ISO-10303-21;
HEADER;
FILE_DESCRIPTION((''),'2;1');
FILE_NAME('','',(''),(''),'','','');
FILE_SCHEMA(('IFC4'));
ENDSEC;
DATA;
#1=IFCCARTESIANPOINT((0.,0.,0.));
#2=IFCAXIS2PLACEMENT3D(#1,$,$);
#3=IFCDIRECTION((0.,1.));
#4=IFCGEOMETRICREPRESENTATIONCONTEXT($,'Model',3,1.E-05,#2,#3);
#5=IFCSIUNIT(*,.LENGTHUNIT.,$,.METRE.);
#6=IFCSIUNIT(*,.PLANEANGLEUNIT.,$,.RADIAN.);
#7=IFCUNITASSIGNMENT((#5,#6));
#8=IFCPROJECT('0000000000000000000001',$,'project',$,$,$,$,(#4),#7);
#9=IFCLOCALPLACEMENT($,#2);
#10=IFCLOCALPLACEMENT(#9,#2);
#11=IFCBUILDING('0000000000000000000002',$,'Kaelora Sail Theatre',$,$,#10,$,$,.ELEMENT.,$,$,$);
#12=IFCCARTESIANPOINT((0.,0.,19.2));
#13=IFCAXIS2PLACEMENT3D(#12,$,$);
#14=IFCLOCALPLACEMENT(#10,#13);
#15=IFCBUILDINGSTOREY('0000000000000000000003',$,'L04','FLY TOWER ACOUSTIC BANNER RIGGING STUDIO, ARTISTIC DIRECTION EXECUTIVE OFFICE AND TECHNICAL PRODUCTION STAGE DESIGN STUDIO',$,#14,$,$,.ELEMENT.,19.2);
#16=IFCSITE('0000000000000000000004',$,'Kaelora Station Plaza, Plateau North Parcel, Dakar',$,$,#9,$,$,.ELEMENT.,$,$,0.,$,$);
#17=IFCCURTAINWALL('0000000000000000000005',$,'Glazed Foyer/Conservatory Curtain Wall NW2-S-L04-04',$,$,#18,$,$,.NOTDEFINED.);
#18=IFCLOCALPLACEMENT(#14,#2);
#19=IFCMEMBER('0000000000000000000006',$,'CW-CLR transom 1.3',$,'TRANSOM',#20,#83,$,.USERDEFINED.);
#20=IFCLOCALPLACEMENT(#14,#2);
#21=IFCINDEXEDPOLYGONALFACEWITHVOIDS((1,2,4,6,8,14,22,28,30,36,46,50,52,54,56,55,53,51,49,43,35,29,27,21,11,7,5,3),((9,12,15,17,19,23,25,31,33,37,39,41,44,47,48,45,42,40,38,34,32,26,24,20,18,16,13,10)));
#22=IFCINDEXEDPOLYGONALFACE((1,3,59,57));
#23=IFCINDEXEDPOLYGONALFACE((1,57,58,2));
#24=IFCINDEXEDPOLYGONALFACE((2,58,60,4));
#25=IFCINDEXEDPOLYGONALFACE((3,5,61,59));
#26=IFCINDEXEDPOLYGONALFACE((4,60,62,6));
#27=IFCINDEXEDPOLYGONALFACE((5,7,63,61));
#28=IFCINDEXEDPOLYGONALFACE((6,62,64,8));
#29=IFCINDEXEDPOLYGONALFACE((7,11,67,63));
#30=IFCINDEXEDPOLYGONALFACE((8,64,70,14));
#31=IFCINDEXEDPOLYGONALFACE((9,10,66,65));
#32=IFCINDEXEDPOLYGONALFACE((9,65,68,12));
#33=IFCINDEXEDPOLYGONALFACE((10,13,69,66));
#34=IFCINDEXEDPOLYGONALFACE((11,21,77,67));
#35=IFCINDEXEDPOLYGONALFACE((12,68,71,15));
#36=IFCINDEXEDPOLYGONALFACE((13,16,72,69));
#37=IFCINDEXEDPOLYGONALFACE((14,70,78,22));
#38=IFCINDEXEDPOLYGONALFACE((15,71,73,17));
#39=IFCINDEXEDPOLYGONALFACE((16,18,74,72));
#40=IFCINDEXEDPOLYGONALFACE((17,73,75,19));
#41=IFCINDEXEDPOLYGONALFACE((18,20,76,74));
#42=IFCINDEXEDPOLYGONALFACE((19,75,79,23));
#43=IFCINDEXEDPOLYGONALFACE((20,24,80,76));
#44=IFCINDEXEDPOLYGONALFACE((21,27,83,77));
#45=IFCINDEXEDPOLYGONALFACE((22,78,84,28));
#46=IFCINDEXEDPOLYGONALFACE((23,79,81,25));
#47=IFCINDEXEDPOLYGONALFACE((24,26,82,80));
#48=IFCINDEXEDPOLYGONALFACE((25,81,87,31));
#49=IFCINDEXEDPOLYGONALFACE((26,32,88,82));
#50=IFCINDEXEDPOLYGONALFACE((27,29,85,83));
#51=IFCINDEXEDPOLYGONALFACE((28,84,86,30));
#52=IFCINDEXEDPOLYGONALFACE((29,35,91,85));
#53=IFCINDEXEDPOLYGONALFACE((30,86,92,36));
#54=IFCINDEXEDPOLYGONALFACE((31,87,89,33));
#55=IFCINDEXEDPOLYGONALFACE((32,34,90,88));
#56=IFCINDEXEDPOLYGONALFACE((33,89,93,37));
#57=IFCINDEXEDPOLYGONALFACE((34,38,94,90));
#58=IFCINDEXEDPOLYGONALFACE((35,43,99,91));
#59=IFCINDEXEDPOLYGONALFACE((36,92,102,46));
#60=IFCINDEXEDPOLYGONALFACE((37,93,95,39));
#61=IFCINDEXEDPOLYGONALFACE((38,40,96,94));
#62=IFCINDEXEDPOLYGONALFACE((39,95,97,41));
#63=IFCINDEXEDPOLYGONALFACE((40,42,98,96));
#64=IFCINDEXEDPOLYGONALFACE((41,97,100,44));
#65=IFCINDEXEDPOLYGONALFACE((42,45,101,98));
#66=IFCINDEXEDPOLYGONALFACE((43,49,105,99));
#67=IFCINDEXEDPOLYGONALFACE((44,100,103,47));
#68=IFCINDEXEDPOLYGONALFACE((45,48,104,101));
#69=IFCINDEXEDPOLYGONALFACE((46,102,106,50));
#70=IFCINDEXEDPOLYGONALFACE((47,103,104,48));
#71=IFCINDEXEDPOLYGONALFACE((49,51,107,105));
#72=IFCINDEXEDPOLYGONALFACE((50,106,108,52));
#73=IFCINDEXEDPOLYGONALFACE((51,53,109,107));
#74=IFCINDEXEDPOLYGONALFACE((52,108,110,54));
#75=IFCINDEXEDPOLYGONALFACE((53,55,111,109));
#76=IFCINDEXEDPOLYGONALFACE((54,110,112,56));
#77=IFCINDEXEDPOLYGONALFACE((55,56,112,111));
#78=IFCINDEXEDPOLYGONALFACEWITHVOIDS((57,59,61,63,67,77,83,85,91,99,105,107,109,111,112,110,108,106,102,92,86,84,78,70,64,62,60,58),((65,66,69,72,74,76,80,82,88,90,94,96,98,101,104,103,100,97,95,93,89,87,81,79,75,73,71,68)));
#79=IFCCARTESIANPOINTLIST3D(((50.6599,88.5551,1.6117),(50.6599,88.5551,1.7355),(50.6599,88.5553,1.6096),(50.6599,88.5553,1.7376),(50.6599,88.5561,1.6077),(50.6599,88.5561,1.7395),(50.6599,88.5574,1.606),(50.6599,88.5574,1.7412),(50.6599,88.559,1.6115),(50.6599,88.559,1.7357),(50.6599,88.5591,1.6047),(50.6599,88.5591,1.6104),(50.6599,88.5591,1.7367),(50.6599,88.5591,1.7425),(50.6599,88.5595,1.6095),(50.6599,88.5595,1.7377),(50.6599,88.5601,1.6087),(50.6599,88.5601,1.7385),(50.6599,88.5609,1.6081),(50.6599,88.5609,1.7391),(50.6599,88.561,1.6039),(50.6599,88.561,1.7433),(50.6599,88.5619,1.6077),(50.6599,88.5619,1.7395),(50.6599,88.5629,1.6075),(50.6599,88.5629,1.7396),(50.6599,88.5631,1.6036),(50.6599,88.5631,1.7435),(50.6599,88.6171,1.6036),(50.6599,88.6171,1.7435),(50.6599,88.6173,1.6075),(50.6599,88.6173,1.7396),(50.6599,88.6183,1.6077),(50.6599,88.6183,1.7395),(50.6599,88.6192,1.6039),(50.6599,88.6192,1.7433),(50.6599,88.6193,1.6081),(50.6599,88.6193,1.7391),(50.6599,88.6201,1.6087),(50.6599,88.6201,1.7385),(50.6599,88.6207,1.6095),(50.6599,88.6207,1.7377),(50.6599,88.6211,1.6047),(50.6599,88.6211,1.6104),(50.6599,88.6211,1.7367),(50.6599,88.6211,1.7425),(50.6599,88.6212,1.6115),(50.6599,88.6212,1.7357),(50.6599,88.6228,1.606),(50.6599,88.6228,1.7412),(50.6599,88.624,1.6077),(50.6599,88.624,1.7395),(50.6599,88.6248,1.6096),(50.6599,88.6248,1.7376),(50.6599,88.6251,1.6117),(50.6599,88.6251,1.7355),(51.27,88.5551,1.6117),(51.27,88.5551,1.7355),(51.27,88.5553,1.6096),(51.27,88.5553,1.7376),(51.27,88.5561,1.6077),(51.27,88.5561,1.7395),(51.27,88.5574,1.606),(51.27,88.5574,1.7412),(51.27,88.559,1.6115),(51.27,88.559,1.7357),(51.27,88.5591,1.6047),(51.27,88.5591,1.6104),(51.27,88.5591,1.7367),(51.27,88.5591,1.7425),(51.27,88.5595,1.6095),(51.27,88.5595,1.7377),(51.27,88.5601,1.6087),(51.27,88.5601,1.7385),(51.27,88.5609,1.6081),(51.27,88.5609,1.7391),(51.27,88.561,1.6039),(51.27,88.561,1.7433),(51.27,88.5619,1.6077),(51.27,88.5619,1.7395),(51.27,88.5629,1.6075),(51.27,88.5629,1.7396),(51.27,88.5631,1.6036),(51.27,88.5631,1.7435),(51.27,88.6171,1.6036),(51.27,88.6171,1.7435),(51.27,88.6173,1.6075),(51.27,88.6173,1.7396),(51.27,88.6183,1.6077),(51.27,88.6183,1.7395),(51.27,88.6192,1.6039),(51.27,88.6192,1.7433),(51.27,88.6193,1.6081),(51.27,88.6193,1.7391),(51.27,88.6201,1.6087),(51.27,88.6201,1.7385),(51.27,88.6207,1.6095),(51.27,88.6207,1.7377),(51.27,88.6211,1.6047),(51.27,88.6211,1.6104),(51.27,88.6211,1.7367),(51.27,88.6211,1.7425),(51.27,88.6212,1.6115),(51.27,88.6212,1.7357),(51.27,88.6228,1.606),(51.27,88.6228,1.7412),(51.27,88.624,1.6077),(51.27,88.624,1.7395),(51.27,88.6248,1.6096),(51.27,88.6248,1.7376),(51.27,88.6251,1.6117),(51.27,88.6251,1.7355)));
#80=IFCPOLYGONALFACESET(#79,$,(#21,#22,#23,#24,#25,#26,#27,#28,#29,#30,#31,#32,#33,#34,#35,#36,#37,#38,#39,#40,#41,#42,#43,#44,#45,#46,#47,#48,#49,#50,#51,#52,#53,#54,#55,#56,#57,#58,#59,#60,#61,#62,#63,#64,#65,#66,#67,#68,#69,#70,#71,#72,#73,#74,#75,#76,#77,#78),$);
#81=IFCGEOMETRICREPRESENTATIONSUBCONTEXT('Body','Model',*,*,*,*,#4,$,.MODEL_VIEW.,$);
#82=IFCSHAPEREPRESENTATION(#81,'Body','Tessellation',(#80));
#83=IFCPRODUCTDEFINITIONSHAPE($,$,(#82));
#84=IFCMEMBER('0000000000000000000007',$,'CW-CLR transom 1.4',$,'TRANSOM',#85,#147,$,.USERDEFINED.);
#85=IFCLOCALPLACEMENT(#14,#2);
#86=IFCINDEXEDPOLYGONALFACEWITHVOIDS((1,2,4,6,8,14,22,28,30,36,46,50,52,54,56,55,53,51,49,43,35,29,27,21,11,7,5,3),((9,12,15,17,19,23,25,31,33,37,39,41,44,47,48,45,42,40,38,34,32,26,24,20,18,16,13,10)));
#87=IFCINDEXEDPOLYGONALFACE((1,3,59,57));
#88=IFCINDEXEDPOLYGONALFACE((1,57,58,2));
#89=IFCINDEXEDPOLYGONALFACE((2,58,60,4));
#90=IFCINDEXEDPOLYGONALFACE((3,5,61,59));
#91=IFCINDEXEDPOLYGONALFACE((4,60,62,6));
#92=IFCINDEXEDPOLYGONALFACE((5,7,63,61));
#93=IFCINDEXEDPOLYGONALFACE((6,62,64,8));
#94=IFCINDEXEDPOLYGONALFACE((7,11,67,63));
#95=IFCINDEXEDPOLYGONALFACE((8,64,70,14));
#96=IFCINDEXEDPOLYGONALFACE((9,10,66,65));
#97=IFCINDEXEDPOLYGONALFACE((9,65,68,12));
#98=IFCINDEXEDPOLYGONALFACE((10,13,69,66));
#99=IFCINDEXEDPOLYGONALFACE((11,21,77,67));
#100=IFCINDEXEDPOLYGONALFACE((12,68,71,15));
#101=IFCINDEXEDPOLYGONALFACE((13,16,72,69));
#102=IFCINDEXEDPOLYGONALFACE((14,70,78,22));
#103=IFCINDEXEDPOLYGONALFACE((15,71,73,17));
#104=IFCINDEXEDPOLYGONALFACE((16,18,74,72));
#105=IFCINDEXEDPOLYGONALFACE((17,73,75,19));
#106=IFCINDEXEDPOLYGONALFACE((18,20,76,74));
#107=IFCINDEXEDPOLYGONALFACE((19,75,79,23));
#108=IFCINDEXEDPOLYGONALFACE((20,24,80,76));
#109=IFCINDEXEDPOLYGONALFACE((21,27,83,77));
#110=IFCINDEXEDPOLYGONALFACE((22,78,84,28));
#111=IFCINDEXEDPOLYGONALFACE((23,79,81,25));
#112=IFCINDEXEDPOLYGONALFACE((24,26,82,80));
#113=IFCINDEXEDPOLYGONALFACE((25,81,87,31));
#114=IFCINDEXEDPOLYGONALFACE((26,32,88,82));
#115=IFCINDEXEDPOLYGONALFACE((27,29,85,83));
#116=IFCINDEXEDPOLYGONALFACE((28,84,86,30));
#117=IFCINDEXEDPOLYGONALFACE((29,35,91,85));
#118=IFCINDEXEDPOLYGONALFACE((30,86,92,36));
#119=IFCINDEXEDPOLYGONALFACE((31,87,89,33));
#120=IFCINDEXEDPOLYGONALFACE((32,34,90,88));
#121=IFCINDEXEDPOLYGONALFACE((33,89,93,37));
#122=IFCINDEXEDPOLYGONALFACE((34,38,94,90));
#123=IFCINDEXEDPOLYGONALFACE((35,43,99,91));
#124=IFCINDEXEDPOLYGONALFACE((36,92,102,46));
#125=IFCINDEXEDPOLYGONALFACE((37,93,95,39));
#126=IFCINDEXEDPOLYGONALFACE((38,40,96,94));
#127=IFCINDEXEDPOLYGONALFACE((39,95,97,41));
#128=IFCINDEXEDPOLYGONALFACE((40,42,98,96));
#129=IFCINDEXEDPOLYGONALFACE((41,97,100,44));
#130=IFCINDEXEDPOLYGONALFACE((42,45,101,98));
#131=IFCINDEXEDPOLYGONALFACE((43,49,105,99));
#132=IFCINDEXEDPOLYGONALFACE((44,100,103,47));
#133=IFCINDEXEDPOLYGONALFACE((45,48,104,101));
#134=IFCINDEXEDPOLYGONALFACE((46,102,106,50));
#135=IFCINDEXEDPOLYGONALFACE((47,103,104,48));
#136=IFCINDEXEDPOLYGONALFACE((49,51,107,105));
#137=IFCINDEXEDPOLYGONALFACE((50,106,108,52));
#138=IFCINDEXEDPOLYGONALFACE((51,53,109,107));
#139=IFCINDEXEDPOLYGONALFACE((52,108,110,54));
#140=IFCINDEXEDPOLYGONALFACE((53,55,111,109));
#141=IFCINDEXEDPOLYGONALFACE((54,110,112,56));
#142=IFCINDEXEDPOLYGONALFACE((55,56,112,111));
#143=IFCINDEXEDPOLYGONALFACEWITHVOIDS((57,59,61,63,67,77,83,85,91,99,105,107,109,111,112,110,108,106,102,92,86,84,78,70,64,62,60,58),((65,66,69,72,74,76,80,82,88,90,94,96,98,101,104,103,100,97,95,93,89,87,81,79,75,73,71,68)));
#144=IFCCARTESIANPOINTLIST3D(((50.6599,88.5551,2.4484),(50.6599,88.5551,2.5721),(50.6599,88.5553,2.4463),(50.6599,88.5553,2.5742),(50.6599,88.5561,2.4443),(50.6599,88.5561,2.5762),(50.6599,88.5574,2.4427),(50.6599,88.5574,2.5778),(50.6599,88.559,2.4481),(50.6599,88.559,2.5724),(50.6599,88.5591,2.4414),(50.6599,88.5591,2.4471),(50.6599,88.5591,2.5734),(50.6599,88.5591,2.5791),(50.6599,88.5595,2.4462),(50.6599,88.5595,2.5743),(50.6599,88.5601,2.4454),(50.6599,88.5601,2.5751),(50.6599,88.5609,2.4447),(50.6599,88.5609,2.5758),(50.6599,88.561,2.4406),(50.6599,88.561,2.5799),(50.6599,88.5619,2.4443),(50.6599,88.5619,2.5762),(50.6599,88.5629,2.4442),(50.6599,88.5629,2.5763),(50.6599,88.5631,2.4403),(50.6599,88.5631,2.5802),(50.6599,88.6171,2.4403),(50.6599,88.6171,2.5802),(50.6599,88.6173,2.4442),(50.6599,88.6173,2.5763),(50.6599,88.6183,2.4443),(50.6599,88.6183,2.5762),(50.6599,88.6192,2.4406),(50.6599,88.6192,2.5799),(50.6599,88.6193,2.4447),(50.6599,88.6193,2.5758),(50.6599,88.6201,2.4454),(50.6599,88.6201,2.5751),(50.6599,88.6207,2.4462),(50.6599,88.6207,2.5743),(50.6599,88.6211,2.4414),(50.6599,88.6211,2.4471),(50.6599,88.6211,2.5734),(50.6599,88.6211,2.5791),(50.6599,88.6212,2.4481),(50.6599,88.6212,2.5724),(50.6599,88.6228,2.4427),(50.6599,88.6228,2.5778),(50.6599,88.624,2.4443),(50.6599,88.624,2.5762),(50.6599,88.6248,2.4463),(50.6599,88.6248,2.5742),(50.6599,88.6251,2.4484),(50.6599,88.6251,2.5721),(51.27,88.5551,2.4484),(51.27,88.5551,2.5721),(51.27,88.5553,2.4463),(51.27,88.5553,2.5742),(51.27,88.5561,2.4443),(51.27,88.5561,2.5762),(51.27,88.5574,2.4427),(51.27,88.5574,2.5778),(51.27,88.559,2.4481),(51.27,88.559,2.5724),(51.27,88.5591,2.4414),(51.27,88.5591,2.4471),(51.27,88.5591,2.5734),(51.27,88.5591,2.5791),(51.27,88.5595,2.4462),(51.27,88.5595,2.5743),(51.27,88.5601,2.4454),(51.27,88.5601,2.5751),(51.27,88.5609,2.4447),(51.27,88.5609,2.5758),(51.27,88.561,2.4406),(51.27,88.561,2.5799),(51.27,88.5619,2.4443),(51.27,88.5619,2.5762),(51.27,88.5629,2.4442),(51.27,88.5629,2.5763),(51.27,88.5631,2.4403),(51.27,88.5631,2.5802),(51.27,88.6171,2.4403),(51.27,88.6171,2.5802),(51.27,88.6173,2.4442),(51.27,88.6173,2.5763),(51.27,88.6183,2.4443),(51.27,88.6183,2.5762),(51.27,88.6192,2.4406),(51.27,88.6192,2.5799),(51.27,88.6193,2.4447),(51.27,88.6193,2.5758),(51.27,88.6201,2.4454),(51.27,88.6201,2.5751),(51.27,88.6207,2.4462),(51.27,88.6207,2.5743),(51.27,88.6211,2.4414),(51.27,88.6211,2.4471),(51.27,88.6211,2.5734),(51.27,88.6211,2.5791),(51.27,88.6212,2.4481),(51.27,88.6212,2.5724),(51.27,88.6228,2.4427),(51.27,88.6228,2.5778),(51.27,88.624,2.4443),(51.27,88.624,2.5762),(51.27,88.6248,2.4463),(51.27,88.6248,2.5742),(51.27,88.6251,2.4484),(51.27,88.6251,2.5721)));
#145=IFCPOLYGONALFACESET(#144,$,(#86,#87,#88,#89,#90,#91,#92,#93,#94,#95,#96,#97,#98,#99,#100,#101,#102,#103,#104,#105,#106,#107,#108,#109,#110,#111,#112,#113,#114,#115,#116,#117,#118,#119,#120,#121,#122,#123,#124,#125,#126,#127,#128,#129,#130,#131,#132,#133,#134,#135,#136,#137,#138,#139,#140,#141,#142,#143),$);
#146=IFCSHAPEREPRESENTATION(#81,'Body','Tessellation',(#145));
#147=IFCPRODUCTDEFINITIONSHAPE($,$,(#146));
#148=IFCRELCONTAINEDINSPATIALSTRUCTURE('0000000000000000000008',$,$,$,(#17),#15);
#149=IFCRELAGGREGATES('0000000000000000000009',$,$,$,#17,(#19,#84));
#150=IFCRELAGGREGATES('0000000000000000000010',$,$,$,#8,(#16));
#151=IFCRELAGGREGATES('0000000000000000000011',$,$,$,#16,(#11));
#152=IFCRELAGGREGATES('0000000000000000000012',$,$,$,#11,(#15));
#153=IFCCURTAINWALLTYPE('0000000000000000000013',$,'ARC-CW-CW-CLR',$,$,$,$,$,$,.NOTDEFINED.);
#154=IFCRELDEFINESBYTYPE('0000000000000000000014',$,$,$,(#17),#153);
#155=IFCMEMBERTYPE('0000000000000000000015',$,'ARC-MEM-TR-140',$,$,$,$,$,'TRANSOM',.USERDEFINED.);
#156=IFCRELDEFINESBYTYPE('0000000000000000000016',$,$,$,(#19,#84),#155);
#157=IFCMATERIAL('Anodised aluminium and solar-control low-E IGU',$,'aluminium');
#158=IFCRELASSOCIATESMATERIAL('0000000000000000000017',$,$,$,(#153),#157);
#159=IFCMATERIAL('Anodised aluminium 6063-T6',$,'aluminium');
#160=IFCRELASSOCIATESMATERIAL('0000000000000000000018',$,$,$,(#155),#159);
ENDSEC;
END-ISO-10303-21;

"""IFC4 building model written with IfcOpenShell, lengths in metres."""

from ifc_helpers import new_model, si_unit, direction, frame, origin, origin_2d, place, context, subcontext, project, spatial, hollow_rectangle, extrude, material, material_profile, profile_set, type_object, element, aggregate, save


model = new_model("IFC4")

# Units and contexts
model_context = context("Model", 3, precision=1e-05, world=origin(), true_north=direction((0.0, 1.0)))
body_context = subcontext(model_context, "Body", "Model", "MODEL_VIEW")
ifc_project = project(units=[si_unit("LENGTHUNIT", "METRE"), si_unit("PLANEANGLEUNIT", "RADIAN")], contexts=[model_context])

# Site, building, storey
site_placement = place(None, origin())
site = spatial("IfcSite", under=ifc_project, at=site_placement, Name="Kaelora Station Plaza, Plateau North Parcel, Dakar", CompositionType="ELEMENT", RefElevation=0.0)
building_placement = place(site_placement, origin())
building = spatial("IfcBuilding", under=site, at=building_placement, Name="Kaelora Sail Theatre", CompositionType="ELEMENT")
storey_placement = place(building_placement, frame((0.0, 0.0, 19.2)))
storey = spatial("IfcBuildingStorey", under=building, at=storey_placement, Name="L04", Description="FLY TOWER ACOUSTIC BANNER RIGGING STUDIO, ARTISTIC DIRECTION EXECUTIVE OFFICE AND TECHNICAL PRODUCTION STAGE DESIGN STUDIO", CompositionType="ELEMENT", Elevation=19.2)

# Curtain wall, members
ifc_material_1 = material(Name="Anodised aluminium and solar-control low-E IGU", Category="aluminium")
curtain_wall_type = type_object("IfcCurtainWallType", Name="ARC-CW-CW-CLR", PredefinedType="NOTDEFINED", material=ifc_material_1)
curtain_wall_placement = place(storey_placement, origin())
curtain_wall = element("IfcCurtainWall", 1, at=curtain_wall_placement, inside=storey, type_object=curtain_wall_type, Name="Glazed Foyer/Conservatory Curtain Wall NW2-S-L04-04", PredefinedType="NOTDEFINED")
ifc_material_2 = material(Name="Anodised aluminium 6063-T6", Category="aluminium")
ifc_material_profile_1 = material_profile(ifc_material_2, hollow_rectangle(XDim=0.0701, YDim=0.1399, WallThickness=0.0039, InnerFilletRadius=0.0039, OuterFilletRadius=0.0081, at=origin_2d()), Name="ALU-TRAN 70x140x4")
ifc_profile_set_1 = profile_set([ifc_material_profile_1], Name="Anodised aluminium 6063-T6")
member_type_1 = type_object("IfcMemberType", Name="ARC-MEM-TR-140", ElementType="TRANSOM", PredefinedType="USERDEFINED", material=ifc_profile_set_1)
member_1_placement = place(storey_placement, frame((50.6599, 88.5901, 1.6736), z_axis=(1.0, 0.0, 0.0), x_axis=(0.0, 1.0, 0.0)))
member_1 = element("IfcMember", 2, at=member_1_placement, type_object=member_type_1, Name="CW-CLR transom 1.3", ObjectType="TRANSOM", PredefinedType="USERDEFINED", context=body_context, shape_type="SweptSolid", body=[
    extrude(hollow_rectangle(XDim=0.0701, YDim=0.1399, WallThickness=0.0039, InnerFilletRadius=0.0039, OuterFilletRadius=0.0081, at=origin_2d()), origin(), (0.0, 0.0, 1.0), 0.6101),
])
member_2_placement = place(storey_placement, frame((50.6599, 88.5901, 2.5103), z_axis=(1.0, 0.0, 0.0), x_axis=(0.0, 1.0, 0.0)))
member_2 = element("IfcMember", 3, at=member_2_placement, type_object=member_type_1, Name="CW-CLR transom 1.4", ObjectType="TRANSOM", PredefinedType="USERDEFINED", context=body_context, shape_type="SweptSolid", body=[
    extrude(hollow_rectangle(XDim=0.0701, YDim=0.1399, WallThickness=0.0039, InnerFilletRadius=0.0039, OuterFilletRadius=0.0081, at=origin_2d()), origin(), (0.0, 0.0, 1.0), 0.6101),
])

aggregate(curtain_wall, [member_1, member_2])

save(model, "model.ifc")
